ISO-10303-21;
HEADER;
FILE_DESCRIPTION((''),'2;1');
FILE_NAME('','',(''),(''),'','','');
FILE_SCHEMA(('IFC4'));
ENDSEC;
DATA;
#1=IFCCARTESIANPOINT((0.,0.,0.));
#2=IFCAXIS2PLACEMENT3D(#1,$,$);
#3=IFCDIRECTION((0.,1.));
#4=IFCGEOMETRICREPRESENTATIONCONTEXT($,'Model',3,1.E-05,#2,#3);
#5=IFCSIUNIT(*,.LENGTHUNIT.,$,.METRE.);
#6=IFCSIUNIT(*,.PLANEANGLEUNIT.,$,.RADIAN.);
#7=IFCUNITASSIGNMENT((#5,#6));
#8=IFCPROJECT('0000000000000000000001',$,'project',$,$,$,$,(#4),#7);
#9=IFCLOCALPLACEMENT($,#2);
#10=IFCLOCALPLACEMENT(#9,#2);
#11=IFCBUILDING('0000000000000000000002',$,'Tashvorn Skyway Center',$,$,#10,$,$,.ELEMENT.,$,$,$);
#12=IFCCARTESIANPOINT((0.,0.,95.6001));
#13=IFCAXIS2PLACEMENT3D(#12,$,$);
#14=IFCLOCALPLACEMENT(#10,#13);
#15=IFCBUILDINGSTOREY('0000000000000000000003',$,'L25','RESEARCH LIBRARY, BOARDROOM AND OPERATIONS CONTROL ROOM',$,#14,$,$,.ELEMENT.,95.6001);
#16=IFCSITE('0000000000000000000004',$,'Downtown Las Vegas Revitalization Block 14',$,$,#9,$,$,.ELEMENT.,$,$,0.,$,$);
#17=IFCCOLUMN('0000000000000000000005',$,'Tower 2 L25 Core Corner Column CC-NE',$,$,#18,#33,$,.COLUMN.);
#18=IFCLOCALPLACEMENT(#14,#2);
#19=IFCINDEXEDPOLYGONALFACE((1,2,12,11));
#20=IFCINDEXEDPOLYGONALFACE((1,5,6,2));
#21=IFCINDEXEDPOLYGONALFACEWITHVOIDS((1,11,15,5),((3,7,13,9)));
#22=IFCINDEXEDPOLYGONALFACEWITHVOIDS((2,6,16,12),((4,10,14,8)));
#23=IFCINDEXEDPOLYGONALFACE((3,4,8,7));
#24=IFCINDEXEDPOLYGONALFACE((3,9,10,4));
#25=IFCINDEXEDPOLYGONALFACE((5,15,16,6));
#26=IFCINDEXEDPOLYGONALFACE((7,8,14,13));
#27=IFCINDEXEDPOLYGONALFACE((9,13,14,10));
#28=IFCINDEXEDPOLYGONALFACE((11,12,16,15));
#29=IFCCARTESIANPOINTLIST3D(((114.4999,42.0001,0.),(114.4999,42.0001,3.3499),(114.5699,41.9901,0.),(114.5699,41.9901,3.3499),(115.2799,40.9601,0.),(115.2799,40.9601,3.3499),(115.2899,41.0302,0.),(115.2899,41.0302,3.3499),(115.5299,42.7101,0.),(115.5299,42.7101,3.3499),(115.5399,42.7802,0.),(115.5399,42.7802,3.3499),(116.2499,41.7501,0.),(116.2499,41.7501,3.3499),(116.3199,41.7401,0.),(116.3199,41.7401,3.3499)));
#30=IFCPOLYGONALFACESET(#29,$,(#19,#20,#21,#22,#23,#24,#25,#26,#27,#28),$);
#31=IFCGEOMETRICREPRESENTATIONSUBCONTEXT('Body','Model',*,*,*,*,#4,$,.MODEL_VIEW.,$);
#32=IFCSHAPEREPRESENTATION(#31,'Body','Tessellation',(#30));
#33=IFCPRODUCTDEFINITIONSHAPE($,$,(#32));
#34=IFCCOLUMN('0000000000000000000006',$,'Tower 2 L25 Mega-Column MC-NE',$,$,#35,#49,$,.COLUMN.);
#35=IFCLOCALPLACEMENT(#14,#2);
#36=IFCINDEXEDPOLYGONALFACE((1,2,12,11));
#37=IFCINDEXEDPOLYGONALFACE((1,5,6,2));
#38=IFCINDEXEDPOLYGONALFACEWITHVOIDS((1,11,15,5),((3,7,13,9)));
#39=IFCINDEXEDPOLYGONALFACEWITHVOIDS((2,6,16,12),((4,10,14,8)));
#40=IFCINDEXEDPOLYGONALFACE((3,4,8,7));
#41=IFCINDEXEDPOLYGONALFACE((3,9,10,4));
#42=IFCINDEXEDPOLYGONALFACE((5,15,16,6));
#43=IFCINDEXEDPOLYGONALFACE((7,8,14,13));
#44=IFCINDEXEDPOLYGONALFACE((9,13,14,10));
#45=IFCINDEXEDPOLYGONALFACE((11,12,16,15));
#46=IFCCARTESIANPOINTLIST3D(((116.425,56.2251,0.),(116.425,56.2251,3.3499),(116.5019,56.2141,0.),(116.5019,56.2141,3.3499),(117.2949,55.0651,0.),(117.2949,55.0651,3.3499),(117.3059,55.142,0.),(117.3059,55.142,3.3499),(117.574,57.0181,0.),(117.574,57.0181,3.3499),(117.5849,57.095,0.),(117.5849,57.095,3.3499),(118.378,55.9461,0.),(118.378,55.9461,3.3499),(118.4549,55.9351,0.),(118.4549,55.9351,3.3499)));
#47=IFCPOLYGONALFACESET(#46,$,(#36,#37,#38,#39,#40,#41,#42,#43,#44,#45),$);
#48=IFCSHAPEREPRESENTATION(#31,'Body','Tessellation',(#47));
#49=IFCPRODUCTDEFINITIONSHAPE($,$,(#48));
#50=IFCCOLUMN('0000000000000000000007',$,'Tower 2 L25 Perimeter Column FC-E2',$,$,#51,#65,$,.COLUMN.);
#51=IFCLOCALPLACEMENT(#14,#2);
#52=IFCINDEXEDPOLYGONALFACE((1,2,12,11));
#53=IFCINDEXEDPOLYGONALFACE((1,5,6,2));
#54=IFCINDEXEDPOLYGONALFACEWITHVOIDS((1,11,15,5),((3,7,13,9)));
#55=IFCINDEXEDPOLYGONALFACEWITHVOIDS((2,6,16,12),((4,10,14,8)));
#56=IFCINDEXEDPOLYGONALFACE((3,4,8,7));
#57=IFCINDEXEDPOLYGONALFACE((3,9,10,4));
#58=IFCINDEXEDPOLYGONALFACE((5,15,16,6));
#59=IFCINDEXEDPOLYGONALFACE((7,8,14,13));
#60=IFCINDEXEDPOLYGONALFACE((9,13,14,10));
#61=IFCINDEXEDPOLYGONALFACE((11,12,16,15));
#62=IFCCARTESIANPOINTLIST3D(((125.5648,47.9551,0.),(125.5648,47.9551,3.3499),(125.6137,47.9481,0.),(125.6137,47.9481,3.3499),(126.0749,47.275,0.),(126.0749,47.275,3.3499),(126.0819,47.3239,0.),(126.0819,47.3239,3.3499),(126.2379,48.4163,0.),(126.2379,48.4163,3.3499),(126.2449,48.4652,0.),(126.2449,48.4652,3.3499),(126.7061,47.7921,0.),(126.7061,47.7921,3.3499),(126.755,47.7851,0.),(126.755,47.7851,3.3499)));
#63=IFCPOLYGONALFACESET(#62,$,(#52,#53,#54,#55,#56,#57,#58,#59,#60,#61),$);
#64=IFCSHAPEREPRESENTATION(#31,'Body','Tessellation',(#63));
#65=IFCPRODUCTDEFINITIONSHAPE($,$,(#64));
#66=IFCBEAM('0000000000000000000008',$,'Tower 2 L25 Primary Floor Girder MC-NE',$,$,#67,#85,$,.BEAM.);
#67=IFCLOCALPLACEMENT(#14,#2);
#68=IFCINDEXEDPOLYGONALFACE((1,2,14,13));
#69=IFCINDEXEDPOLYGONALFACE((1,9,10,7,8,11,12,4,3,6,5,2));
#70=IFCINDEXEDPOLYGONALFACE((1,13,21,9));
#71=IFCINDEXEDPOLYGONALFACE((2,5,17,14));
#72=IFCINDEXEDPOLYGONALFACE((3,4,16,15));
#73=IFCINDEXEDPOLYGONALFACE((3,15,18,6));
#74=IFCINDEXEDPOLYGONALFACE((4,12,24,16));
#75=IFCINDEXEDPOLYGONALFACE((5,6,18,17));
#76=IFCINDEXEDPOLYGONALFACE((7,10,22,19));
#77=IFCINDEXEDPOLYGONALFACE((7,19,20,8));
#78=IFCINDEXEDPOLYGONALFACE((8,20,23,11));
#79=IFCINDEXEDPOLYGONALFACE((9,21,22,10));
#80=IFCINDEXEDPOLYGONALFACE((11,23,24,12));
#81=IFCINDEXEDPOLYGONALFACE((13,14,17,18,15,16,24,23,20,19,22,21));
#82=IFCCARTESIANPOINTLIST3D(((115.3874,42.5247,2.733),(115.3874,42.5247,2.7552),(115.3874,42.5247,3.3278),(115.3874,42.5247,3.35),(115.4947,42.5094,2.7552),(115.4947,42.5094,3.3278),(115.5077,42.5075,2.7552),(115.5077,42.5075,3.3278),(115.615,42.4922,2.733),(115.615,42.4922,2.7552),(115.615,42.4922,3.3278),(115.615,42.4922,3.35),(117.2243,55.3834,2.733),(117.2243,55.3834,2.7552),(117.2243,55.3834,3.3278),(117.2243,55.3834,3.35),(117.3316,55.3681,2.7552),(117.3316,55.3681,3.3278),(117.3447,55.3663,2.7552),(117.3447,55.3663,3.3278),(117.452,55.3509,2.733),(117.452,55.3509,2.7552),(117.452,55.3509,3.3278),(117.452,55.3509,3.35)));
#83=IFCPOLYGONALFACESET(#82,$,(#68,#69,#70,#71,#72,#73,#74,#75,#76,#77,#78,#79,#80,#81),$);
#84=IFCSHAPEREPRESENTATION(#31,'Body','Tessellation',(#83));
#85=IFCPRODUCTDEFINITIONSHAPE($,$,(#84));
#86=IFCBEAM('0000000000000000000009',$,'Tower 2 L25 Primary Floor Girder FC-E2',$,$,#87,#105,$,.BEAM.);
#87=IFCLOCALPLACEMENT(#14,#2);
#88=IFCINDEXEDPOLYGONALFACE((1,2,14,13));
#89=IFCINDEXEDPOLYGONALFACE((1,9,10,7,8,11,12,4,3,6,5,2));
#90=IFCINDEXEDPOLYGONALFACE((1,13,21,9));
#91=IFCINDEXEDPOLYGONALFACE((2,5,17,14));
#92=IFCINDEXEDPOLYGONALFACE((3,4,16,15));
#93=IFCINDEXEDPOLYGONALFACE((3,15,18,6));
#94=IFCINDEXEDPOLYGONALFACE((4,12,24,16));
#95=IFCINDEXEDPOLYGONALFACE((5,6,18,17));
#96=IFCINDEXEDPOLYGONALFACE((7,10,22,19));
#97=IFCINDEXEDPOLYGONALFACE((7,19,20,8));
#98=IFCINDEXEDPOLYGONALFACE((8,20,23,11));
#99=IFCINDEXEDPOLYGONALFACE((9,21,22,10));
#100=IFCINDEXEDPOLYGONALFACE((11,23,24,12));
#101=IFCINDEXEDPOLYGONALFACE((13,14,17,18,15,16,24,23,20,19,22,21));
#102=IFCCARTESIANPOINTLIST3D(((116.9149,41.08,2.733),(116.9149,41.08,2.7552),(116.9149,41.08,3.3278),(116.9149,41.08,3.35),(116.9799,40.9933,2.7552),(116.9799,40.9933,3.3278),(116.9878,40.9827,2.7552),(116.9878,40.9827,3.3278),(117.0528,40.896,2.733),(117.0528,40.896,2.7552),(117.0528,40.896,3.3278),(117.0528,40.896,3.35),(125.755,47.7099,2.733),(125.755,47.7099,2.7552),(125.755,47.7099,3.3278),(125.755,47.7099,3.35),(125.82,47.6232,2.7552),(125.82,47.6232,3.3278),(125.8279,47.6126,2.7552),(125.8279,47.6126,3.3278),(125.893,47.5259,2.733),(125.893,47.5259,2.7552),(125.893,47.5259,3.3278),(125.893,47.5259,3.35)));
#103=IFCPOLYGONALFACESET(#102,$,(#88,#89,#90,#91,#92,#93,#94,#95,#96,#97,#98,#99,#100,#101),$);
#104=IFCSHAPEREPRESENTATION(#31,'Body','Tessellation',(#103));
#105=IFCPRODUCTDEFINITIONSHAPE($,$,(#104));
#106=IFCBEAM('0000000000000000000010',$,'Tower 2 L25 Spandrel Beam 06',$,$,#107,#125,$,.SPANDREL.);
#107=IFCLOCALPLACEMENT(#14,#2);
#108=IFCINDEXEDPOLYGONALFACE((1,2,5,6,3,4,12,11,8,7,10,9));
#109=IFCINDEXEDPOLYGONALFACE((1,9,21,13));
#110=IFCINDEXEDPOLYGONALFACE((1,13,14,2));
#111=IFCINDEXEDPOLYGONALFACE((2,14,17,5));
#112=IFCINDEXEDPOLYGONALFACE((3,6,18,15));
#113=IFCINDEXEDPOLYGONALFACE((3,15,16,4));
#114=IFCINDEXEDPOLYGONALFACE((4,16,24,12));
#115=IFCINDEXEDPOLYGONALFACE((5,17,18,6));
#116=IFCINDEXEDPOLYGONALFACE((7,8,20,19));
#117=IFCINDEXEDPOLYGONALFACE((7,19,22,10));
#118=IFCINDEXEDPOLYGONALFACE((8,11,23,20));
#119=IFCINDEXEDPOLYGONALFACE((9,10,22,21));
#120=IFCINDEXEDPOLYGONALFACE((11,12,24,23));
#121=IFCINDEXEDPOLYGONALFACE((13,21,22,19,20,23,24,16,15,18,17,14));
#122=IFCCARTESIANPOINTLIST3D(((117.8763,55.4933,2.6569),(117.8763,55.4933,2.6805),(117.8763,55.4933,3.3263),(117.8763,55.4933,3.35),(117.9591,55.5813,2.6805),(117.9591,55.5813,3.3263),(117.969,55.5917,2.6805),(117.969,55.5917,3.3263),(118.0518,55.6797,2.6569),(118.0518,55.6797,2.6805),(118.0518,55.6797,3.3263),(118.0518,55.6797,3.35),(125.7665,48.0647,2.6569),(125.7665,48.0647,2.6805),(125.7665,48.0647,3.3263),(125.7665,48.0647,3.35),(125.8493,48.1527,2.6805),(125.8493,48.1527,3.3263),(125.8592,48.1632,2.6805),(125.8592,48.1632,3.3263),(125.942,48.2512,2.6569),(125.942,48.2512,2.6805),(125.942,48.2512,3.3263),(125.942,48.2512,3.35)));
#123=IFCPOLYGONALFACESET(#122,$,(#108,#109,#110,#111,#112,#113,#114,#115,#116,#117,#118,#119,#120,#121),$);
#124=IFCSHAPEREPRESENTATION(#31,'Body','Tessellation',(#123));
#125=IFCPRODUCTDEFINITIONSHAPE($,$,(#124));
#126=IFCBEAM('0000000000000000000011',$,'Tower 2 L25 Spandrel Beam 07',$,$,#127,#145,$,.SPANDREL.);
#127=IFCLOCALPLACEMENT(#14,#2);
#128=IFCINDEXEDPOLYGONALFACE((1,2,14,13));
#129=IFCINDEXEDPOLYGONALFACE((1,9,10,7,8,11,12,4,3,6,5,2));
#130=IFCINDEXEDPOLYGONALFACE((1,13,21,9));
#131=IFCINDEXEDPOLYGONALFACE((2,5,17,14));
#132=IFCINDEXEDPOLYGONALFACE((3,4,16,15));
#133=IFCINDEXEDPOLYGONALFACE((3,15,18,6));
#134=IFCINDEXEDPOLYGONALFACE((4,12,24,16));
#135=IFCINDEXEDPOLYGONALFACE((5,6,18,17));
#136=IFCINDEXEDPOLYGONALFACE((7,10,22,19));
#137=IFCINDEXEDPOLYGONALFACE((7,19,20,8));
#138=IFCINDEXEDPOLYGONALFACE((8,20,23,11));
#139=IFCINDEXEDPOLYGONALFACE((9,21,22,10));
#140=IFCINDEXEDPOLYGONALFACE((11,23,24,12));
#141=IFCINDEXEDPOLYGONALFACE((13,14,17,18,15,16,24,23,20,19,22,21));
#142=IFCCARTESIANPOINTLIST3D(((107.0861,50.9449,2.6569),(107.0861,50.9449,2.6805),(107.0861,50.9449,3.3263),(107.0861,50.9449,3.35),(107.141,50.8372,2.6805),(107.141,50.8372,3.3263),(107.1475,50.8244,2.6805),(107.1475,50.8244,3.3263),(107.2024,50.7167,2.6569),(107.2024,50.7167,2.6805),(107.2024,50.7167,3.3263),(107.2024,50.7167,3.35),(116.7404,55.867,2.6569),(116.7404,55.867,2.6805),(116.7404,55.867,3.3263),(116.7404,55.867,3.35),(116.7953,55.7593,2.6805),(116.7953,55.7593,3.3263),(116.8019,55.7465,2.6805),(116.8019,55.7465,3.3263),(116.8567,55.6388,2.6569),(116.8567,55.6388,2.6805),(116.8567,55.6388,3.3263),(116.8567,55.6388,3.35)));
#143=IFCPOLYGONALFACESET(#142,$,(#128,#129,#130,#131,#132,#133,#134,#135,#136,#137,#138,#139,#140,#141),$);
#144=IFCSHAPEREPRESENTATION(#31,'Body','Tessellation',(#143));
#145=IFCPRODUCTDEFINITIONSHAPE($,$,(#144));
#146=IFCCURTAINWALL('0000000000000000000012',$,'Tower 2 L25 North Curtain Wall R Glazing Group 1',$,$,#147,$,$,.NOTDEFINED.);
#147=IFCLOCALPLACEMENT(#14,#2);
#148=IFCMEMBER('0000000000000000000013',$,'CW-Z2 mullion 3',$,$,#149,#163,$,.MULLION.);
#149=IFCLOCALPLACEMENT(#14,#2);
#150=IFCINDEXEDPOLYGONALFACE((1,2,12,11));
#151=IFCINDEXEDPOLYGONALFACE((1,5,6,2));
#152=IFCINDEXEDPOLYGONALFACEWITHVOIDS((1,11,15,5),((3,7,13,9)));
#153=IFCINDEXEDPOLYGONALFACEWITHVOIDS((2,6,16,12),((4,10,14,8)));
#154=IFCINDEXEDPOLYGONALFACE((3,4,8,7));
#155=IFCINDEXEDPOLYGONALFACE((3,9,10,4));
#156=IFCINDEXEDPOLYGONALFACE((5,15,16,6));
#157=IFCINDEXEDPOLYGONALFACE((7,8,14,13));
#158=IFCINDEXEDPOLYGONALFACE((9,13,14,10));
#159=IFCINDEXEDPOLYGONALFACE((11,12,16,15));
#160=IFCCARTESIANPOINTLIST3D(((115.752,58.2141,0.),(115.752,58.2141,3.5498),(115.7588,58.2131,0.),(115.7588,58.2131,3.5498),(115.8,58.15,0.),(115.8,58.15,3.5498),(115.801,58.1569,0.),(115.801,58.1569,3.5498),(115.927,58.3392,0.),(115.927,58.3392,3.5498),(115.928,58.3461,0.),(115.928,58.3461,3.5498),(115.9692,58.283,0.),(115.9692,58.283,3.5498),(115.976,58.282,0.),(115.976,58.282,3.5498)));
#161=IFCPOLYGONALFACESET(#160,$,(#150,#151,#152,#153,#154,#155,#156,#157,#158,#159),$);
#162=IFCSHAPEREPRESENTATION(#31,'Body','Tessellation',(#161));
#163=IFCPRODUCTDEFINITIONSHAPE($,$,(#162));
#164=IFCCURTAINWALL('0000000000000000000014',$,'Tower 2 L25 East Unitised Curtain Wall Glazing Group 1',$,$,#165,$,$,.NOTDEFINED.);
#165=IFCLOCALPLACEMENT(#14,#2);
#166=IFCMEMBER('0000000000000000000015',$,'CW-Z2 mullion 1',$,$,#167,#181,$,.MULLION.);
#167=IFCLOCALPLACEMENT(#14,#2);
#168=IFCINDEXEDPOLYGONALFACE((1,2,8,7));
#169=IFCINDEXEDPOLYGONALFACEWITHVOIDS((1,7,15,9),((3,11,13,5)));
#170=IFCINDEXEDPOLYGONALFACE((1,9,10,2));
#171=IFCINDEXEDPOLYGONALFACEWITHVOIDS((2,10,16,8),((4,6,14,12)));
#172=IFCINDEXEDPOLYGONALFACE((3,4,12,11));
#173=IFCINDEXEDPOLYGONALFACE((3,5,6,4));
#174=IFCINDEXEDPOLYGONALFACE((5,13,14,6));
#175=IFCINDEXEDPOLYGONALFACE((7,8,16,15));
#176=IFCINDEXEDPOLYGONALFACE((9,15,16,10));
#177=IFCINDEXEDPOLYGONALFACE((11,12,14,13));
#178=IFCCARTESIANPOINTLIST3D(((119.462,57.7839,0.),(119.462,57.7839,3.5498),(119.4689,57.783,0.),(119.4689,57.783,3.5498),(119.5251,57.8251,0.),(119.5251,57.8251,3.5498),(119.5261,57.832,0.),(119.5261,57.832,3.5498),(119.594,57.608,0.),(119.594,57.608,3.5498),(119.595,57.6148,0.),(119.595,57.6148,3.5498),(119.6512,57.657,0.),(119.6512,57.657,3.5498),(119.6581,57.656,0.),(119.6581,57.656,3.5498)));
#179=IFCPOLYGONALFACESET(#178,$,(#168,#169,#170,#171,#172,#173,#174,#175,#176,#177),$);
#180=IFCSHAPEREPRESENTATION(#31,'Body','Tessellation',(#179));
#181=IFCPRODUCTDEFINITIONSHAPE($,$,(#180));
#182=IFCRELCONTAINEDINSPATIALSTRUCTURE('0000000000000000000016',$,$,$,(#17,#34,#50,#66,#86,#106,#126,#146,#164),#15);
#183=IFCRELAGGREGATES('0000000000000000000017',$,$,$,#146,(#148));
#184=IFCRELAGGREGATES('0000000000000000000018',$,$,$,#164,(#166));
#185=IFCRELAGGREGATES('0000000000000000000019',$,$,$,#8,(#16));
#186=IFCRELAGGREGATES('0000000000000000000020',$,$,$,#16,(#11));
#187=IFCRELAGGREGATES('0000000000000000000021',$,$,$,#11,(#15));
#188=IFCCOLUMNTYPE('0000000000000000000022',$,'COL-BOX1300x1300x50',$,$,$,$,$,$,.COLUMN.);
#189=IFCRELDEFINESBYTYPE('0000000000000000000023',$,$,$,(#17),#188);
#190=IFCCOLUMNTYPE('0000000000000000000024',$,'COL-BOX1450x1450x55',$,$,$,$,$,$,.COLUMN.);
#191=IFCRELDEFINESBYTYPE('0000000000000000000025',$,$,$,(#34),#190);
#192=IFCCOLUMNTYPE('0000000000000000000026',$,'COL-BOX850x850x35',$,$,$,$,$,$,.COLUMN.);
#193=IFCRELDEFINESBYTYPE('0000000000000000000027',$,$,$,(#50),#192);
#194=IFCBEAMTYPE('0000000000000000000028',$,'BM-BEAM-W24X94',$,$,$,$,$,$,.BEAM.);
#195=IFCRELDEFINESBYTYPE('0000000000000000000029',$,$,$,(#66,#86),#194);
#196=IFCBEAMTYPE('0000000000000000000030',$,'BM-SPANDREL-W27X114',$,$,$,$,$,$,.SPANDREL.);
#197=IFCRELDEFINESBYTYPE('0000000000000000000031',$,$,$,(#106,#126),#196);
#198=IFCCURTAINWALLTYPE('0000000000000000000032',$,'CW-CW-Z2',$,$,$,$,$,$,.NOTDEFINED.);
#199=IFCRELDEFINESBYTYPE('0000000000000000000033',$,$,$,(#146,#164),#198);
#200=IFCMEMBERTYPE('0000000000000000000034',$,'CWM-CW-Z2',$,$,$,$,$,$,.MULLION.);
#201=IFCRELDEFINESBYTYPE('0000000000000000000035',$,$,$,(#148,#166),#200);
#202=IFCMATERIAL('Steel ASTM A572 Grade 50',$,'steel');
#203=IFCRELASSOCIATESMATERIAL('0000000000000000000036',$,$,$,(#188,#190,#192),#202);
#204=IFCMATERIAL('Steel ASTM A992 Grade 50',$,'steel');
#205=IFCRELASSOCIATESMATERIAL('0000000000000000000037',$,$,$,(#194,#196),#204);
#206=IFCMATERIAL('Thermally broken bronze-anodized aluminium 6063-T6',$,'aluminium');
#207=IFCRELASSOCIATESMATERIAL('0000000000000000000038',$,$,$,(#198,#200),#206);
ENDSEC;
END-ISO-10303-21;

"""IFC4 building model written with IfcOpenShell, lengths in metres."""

from ifc_helpers import new_model, si_unit, direction, frame, origin, origin_2d, place, context, subcontext, project, spatial, hollow_rectangle, i_section, extrude, material, material_profile, profile_set, type_object, element, aggregate, save


model = new_model("IFC4")

# Units and contexts
model_context = context("Model", 3, precision=1e-05, world=origin(), true_north=direction((0.0, 1.0)))
body_context = subcontext(model_context, "Body", "Model", "MODEL_VIEW")
ifc_project = project(units=[si_unit("LENGTHUNIT", "METRE"), si_unit("PLANEANGLEUNIT", "RADIAN")], contexts=[model_context])

# Site, building, storey
site_placement = place(None, origin())
site = spatial("IfcSite", under=ifc_project, at=site_placement, Name="Downtown Las Vegas Revitalization Block 14", CompositionType="ELEMENT", RefElevation=0.0)
building_placement = place(site_placement, origin())
building = spatial("IfcBuilding", under=site, at=building_placement, Name="Tashvorn Skyway Center", CompositionType="ELEMENT")
storey_placement = place(building_placement, frame((0.0, 0.0, 95.6001)))
storey = spatial("IfcBuildingStorey", under=building, at=storey_placement, Name="L25", Description="RESEARCH LIBRARY, BOARDROOM AND OPERATIONS CONTROL ROOM", CompositionType="ELEMENT", Elevation=95.6001)

# Columns
ifc_material_1 = material(Name="Steel ASTM A572 Grade 50", Category="steel")
ifc_material_profile_1 = material_profile(ifc_material_1, hollow_rectangle(XDim=1.3, YDim=1.3, WallThickness=0.05, at=origin_2d()), Name="BOX1300x1300x50")
ifc_profile_set_1 = profile_set([ifc_material_profile_1], Name="Steel ASTM A572 Grade 50")
column_type_1 = type_object("IfcColumnType", Name="COL-BOX1300x1300x50", PredefinedType="COLUMN", material=ifc_profile_set_1)
column_1_placement = place(storey_placement, frame((115.4099, 41.8701, 0.0), z_axis=(0.0, 0.0, 1.0), x_axis=(0.8, 0.6, 0.0)))
element("IfcColumn", 1, at=column_1_placement, inside=storey, type_object=column_type_1, Name="Tower 2 L25 Core Corner Column CC-NE", PredefinedType="COLUMN", context=body_context, shape_type="SweptSolid", body=[
    extrude(hollow_rectangle(XDim=1.3, YDim=1.3, WallThickness=0.05, at=origin_2d()), origin(), (0.0, 0.0, 1.0), 3.3499),
])
ifc_material_profile_2 = material_profile(ifc_material_1, hollow_rectangle(XDim=1.45, YDim=1.45, WallThickness=0.0549, at=origin_2d()), Name="BOX1450x1450x55")
ifc_profile_set_2 = profile_set([ifc_material_profile_2], Name="Steel ASTM A572 Grade 50")
column_type_2 = type_object("IfcColumnType", Name="COL-BOX1450x1450x55", PredefinedType="COLUMN", material=ifc_profile_set_2)
column_2_placement = place(storey_placement, frame((117.4399, 56.0801, 0.0), z_axis=(0.0, 0.0, 1.0), x_axis=(0.8, 0.6, 0.0)))
element("IfcColumn", 2, at=column_2_placement, inside=storey, type_object=column_type_2, Name="Tower 2 L25 Mega-Column MC-NE", PredefinedType="COLUMN", context=body_context, shape_type="SweptSolid", body=[
    extrude(hollow_rectangle(XDim=1.45, YDim=1.45, WallThickness=0.0549, at=origin_2d()), origin(), (0.0, 0.0, 1.0), 3.3499),
])
ifc_material_profile_3 = material_profile(ifc_material_1, hollow_rectangle(XDim=0.8501, YDim=0.8501, WallThickness=0.0349, at=origin_2d()), Name="BOX850x850x35")
ifc_profile_set_3 = profile_set([ifc_material_profile_3], Name="Steel ASTM A572 Grade 50")
column_type_3 = type_object("IfcColumnType", Name="COL-BOX850x850x35", PredefinedType="COLUMN", material=ifc_profile_set_3)
column_3_placement = place(storey_placement, frame((126.1599, 47.8701, 0.0), z_axis=(0.0, 0.0, 1.0), x_axis=(0.8, 0.6, 0.0)))
element("IfcColumn", 3, at=column_3_placement, inside=storey, type_object=column_type_3, Name="Tower 2 L25 Perimeter Column FC-E2", PredefinedType="COLUMN", context=body_context, shape_type="SweptSolid", body=[
    extrude(hollow_rectangle(XDim=0.8501, YDim=0.8501, WallThickness=0.0349, at=origin_2d()), origin(), (0.0, 0.0, 1.0), 3.3499),
])

# Beams
ifc_material_2 = material(Name="Steel ASTM A992 Grade 50", Category="steel")
ifc_material_profile_4 = material_profile(ifc_material_2, i_section(OverallWidth=0.23, OverallDepth=0.6169, WebThickness=0.0132, FlangeThickness=0.0222, at=origin_2d()), Name="W24X94")
ifc_profile_set_4 = profile_set([ifc_material_profile_4], Name="Steel ASTM A992 Grade 50")
beam_type_1 = type_object("IfcBeamType", Name="BM-BEAM-W24X94", PredefinedType="BEAM", material=ifc_profile_set_4)
beam_1_placement = place(storey_placement, frame((117.3381, 55.3672, 3.0415), z_axis=(-0.141419, -0.98995, 0.0), x_axis=(0.98995, -0.141419, 0.0)))
element("IfcBeam", 4, at=beam_1_placement, inside=storey, type_object=beam_type_1, Name="Tower 2 L25 Primary Floor Girder MC-NE", PredefinedType="BEAM", context=body_context, shape_type="SweptSolid", body=[
    extrude(i_section(OverallWidth=0.23, OverallDepth=0.6169, WebThickness=0.0132, FlangeThickness=0.0222, at=origin_2d()), origin(), (0.0, 0.0, 1.0), 12.9893),
])
beam_2_placement = place(storey_placement, frame((125.824, 47.6179, 3.0415), z_axis=(-0.800008, -0.599989, 0.0), x_axis=(0.599989, -0.800008, 0.0)))
element("IfcBeam", 5, at=beam_2_placement, inside=storey, type_object=beam_type_1, Name="Tower 2 L25 Primary Floor Girder FC-E2", PredefinedType="BEAM", context=body_context, shape_type="SweptSolid", body=[
    extrude(i_section(OverallWidth=0.23, OverallDepth=0.6169, WebThickness=0.0132, FlangeThickness=0.0222, at=origin_2d()), origin(), (0.0, 0.0, 1.0), 11.05),
])
ifc_material_profile_5 = material_profile(ifc_material_2, i_section(OverallWidth=0.2561, OverallDepth=0.6931, WebThickness=0.0144, FlangeThickness=0.0237, at=origin_2d()), Name="W27X114")
ifc_profile_set_5 = profile_set([ifc_material_profile_5], Name="Steel ASTM A992 Grade 50")
beam_type_2 = type_object("IfcBeamType", Name="BM-SPANDREL-W27X114", PredefinedType="SPANDREL", material=ifc_profile_set_5)
beam_3_placement = place(storey_placement, frame((125.8542, 48.158, 3.0034), z_axis=(-0.728087, 0.685485, 0.0), x_axis=(-0.685485, -0.728087, 0.0)))
element("IfcBeam", 6, at=beam_3_placement, inside=storey, type_object=beam_type_2, Name="Tower 2 L25 Spandrel Beam 06", PredefinedType="SPANDREL", context=body_context, shape_type="SweptSolid", body=[
    extrude(i_section(OverallWidth=0.2561, OverallDepth=0.6931, WebThickness=0.0144, FlangeThickness=0.0237, at=origin_2d()), origin(), (0.0, 0.0, 1.0), 10.8369),
])
beam_4_placement = place(storey_placement, frame((116.7986, 55.7529, 3.0034), z_axis=(-0.890894, -0.454211, 0.0), x_axis=(0.454211, -0.890894, 0.0)))
element("IfcBeam", 7, at=beam_4_placement, inside=storey, type_object=beam_type_2, Name="Tower 2 L25 Spandrel Beam 07", PredefinedType="SPANDREL", context=body_context, shape_type="SweptSolid", body=[
    extrude(i_section(OverallWidth=0.2561, OverallDepth=0.6931, WebThickness=0.0144, FlangeThickness=0.0237, at=origin_2d()), origin(), (0.0, 0.0, 1.0), 10.8367),
])

# Curtain wall, member
ifc_material_3 = material(Name="Thermally broken bronze-anodized aluminium 6063-T6", Category="aluminium")
curtain_wall_type = type_object("IfcCurtainWallType", Name="CW-CW-Z2", PredefinedType="NOTDEFINED", material=ifc_material_3)
curtain_wall_1_placement = place(storey_placement, origin())
curtain_wall_1 = element("IfcCurtainWall", 8, at=curtain_wall_1_placement, inside=storey, type_object=curtain_wall_type, Name="Tower 2 L25 North Curtain Wall R Glazing Group 1", PredefinedType="NOTDEFINED")
ifc_material_profile_6 = material_profile(ifc_material_3, hollow_rectangle(XDim=0.0801, YDim=0.22, WallThickness=0.0049, at=origin_2d()), Name="ALU-MULL-80x220")
ifc_profile_set_6 = profile_set([ifc_material_profile_6], Name="Thermally broken bronze-anodized aluminium 6063-T6")
member_type_1 = type_object("IfcMemberType", Name="CWM-CW-Z2", PredefinedType="MULLION", material=ifc_profile_set_6)
member_1_placement = place(storey_placement, frame((115.864, 58.248, 0.0), z_axis=(0.0, 0.0, 1.0), x_axis=(-0.600002, 0.799999, 0.0)))
member_1 = element("IfcMember", 9, at=member_1_placement, type_object=member_type_1, Name="CW-Z2 mullion 3", PredefinedType="MULLION", context=body_context, shape_type="SweptSolid", body=[
    extrude(hollow_rectangle(XDim=0.0801, YDim=0.22, WallThickness=0.0049, at=origin_2d()), origin(), (0.0, 0.0, 1.0), 3.5498),
])
aggregate(curtain_wall_1, [member_1])

# Curtain wall, member
curtain_wall_2_placement = place(storey_placement, origin())
curtain_wall_2 = element("IfcCurtainWall", 10, at=curtain_wall_2_placement, inside=storey, type_object=curtain_wall_type, Name="Tower 2 L25 East Unitised Curtain Wall Glazing Group 1", PredefinedType="NOTDEFINED")
member_2_placement = place(storey_placement, frame((119.5601, 57.72, 0.0), z_axis=(0.0, 0.0, 1.0), x_axis=(0.8, 0.6, 0.0)))
member_2 = element("IfcMember", 11, at=member_2_placement, type_object=member_type_1, Name="CW-Z2 mullion 1", PredefinedType="MULLION", context=body_context, shape_type="SweptSolid", body=[
    extrude(hollow_rectangle(XDim=0.0801, YDim=0.22, WallThickness=0.0049, at=origin_2d()), origin(), (0.0, 0.0, 1.0), 3.5498),
])

aggregate(curtain_wall_2, [member_2])

save(model, "model.ifc")
